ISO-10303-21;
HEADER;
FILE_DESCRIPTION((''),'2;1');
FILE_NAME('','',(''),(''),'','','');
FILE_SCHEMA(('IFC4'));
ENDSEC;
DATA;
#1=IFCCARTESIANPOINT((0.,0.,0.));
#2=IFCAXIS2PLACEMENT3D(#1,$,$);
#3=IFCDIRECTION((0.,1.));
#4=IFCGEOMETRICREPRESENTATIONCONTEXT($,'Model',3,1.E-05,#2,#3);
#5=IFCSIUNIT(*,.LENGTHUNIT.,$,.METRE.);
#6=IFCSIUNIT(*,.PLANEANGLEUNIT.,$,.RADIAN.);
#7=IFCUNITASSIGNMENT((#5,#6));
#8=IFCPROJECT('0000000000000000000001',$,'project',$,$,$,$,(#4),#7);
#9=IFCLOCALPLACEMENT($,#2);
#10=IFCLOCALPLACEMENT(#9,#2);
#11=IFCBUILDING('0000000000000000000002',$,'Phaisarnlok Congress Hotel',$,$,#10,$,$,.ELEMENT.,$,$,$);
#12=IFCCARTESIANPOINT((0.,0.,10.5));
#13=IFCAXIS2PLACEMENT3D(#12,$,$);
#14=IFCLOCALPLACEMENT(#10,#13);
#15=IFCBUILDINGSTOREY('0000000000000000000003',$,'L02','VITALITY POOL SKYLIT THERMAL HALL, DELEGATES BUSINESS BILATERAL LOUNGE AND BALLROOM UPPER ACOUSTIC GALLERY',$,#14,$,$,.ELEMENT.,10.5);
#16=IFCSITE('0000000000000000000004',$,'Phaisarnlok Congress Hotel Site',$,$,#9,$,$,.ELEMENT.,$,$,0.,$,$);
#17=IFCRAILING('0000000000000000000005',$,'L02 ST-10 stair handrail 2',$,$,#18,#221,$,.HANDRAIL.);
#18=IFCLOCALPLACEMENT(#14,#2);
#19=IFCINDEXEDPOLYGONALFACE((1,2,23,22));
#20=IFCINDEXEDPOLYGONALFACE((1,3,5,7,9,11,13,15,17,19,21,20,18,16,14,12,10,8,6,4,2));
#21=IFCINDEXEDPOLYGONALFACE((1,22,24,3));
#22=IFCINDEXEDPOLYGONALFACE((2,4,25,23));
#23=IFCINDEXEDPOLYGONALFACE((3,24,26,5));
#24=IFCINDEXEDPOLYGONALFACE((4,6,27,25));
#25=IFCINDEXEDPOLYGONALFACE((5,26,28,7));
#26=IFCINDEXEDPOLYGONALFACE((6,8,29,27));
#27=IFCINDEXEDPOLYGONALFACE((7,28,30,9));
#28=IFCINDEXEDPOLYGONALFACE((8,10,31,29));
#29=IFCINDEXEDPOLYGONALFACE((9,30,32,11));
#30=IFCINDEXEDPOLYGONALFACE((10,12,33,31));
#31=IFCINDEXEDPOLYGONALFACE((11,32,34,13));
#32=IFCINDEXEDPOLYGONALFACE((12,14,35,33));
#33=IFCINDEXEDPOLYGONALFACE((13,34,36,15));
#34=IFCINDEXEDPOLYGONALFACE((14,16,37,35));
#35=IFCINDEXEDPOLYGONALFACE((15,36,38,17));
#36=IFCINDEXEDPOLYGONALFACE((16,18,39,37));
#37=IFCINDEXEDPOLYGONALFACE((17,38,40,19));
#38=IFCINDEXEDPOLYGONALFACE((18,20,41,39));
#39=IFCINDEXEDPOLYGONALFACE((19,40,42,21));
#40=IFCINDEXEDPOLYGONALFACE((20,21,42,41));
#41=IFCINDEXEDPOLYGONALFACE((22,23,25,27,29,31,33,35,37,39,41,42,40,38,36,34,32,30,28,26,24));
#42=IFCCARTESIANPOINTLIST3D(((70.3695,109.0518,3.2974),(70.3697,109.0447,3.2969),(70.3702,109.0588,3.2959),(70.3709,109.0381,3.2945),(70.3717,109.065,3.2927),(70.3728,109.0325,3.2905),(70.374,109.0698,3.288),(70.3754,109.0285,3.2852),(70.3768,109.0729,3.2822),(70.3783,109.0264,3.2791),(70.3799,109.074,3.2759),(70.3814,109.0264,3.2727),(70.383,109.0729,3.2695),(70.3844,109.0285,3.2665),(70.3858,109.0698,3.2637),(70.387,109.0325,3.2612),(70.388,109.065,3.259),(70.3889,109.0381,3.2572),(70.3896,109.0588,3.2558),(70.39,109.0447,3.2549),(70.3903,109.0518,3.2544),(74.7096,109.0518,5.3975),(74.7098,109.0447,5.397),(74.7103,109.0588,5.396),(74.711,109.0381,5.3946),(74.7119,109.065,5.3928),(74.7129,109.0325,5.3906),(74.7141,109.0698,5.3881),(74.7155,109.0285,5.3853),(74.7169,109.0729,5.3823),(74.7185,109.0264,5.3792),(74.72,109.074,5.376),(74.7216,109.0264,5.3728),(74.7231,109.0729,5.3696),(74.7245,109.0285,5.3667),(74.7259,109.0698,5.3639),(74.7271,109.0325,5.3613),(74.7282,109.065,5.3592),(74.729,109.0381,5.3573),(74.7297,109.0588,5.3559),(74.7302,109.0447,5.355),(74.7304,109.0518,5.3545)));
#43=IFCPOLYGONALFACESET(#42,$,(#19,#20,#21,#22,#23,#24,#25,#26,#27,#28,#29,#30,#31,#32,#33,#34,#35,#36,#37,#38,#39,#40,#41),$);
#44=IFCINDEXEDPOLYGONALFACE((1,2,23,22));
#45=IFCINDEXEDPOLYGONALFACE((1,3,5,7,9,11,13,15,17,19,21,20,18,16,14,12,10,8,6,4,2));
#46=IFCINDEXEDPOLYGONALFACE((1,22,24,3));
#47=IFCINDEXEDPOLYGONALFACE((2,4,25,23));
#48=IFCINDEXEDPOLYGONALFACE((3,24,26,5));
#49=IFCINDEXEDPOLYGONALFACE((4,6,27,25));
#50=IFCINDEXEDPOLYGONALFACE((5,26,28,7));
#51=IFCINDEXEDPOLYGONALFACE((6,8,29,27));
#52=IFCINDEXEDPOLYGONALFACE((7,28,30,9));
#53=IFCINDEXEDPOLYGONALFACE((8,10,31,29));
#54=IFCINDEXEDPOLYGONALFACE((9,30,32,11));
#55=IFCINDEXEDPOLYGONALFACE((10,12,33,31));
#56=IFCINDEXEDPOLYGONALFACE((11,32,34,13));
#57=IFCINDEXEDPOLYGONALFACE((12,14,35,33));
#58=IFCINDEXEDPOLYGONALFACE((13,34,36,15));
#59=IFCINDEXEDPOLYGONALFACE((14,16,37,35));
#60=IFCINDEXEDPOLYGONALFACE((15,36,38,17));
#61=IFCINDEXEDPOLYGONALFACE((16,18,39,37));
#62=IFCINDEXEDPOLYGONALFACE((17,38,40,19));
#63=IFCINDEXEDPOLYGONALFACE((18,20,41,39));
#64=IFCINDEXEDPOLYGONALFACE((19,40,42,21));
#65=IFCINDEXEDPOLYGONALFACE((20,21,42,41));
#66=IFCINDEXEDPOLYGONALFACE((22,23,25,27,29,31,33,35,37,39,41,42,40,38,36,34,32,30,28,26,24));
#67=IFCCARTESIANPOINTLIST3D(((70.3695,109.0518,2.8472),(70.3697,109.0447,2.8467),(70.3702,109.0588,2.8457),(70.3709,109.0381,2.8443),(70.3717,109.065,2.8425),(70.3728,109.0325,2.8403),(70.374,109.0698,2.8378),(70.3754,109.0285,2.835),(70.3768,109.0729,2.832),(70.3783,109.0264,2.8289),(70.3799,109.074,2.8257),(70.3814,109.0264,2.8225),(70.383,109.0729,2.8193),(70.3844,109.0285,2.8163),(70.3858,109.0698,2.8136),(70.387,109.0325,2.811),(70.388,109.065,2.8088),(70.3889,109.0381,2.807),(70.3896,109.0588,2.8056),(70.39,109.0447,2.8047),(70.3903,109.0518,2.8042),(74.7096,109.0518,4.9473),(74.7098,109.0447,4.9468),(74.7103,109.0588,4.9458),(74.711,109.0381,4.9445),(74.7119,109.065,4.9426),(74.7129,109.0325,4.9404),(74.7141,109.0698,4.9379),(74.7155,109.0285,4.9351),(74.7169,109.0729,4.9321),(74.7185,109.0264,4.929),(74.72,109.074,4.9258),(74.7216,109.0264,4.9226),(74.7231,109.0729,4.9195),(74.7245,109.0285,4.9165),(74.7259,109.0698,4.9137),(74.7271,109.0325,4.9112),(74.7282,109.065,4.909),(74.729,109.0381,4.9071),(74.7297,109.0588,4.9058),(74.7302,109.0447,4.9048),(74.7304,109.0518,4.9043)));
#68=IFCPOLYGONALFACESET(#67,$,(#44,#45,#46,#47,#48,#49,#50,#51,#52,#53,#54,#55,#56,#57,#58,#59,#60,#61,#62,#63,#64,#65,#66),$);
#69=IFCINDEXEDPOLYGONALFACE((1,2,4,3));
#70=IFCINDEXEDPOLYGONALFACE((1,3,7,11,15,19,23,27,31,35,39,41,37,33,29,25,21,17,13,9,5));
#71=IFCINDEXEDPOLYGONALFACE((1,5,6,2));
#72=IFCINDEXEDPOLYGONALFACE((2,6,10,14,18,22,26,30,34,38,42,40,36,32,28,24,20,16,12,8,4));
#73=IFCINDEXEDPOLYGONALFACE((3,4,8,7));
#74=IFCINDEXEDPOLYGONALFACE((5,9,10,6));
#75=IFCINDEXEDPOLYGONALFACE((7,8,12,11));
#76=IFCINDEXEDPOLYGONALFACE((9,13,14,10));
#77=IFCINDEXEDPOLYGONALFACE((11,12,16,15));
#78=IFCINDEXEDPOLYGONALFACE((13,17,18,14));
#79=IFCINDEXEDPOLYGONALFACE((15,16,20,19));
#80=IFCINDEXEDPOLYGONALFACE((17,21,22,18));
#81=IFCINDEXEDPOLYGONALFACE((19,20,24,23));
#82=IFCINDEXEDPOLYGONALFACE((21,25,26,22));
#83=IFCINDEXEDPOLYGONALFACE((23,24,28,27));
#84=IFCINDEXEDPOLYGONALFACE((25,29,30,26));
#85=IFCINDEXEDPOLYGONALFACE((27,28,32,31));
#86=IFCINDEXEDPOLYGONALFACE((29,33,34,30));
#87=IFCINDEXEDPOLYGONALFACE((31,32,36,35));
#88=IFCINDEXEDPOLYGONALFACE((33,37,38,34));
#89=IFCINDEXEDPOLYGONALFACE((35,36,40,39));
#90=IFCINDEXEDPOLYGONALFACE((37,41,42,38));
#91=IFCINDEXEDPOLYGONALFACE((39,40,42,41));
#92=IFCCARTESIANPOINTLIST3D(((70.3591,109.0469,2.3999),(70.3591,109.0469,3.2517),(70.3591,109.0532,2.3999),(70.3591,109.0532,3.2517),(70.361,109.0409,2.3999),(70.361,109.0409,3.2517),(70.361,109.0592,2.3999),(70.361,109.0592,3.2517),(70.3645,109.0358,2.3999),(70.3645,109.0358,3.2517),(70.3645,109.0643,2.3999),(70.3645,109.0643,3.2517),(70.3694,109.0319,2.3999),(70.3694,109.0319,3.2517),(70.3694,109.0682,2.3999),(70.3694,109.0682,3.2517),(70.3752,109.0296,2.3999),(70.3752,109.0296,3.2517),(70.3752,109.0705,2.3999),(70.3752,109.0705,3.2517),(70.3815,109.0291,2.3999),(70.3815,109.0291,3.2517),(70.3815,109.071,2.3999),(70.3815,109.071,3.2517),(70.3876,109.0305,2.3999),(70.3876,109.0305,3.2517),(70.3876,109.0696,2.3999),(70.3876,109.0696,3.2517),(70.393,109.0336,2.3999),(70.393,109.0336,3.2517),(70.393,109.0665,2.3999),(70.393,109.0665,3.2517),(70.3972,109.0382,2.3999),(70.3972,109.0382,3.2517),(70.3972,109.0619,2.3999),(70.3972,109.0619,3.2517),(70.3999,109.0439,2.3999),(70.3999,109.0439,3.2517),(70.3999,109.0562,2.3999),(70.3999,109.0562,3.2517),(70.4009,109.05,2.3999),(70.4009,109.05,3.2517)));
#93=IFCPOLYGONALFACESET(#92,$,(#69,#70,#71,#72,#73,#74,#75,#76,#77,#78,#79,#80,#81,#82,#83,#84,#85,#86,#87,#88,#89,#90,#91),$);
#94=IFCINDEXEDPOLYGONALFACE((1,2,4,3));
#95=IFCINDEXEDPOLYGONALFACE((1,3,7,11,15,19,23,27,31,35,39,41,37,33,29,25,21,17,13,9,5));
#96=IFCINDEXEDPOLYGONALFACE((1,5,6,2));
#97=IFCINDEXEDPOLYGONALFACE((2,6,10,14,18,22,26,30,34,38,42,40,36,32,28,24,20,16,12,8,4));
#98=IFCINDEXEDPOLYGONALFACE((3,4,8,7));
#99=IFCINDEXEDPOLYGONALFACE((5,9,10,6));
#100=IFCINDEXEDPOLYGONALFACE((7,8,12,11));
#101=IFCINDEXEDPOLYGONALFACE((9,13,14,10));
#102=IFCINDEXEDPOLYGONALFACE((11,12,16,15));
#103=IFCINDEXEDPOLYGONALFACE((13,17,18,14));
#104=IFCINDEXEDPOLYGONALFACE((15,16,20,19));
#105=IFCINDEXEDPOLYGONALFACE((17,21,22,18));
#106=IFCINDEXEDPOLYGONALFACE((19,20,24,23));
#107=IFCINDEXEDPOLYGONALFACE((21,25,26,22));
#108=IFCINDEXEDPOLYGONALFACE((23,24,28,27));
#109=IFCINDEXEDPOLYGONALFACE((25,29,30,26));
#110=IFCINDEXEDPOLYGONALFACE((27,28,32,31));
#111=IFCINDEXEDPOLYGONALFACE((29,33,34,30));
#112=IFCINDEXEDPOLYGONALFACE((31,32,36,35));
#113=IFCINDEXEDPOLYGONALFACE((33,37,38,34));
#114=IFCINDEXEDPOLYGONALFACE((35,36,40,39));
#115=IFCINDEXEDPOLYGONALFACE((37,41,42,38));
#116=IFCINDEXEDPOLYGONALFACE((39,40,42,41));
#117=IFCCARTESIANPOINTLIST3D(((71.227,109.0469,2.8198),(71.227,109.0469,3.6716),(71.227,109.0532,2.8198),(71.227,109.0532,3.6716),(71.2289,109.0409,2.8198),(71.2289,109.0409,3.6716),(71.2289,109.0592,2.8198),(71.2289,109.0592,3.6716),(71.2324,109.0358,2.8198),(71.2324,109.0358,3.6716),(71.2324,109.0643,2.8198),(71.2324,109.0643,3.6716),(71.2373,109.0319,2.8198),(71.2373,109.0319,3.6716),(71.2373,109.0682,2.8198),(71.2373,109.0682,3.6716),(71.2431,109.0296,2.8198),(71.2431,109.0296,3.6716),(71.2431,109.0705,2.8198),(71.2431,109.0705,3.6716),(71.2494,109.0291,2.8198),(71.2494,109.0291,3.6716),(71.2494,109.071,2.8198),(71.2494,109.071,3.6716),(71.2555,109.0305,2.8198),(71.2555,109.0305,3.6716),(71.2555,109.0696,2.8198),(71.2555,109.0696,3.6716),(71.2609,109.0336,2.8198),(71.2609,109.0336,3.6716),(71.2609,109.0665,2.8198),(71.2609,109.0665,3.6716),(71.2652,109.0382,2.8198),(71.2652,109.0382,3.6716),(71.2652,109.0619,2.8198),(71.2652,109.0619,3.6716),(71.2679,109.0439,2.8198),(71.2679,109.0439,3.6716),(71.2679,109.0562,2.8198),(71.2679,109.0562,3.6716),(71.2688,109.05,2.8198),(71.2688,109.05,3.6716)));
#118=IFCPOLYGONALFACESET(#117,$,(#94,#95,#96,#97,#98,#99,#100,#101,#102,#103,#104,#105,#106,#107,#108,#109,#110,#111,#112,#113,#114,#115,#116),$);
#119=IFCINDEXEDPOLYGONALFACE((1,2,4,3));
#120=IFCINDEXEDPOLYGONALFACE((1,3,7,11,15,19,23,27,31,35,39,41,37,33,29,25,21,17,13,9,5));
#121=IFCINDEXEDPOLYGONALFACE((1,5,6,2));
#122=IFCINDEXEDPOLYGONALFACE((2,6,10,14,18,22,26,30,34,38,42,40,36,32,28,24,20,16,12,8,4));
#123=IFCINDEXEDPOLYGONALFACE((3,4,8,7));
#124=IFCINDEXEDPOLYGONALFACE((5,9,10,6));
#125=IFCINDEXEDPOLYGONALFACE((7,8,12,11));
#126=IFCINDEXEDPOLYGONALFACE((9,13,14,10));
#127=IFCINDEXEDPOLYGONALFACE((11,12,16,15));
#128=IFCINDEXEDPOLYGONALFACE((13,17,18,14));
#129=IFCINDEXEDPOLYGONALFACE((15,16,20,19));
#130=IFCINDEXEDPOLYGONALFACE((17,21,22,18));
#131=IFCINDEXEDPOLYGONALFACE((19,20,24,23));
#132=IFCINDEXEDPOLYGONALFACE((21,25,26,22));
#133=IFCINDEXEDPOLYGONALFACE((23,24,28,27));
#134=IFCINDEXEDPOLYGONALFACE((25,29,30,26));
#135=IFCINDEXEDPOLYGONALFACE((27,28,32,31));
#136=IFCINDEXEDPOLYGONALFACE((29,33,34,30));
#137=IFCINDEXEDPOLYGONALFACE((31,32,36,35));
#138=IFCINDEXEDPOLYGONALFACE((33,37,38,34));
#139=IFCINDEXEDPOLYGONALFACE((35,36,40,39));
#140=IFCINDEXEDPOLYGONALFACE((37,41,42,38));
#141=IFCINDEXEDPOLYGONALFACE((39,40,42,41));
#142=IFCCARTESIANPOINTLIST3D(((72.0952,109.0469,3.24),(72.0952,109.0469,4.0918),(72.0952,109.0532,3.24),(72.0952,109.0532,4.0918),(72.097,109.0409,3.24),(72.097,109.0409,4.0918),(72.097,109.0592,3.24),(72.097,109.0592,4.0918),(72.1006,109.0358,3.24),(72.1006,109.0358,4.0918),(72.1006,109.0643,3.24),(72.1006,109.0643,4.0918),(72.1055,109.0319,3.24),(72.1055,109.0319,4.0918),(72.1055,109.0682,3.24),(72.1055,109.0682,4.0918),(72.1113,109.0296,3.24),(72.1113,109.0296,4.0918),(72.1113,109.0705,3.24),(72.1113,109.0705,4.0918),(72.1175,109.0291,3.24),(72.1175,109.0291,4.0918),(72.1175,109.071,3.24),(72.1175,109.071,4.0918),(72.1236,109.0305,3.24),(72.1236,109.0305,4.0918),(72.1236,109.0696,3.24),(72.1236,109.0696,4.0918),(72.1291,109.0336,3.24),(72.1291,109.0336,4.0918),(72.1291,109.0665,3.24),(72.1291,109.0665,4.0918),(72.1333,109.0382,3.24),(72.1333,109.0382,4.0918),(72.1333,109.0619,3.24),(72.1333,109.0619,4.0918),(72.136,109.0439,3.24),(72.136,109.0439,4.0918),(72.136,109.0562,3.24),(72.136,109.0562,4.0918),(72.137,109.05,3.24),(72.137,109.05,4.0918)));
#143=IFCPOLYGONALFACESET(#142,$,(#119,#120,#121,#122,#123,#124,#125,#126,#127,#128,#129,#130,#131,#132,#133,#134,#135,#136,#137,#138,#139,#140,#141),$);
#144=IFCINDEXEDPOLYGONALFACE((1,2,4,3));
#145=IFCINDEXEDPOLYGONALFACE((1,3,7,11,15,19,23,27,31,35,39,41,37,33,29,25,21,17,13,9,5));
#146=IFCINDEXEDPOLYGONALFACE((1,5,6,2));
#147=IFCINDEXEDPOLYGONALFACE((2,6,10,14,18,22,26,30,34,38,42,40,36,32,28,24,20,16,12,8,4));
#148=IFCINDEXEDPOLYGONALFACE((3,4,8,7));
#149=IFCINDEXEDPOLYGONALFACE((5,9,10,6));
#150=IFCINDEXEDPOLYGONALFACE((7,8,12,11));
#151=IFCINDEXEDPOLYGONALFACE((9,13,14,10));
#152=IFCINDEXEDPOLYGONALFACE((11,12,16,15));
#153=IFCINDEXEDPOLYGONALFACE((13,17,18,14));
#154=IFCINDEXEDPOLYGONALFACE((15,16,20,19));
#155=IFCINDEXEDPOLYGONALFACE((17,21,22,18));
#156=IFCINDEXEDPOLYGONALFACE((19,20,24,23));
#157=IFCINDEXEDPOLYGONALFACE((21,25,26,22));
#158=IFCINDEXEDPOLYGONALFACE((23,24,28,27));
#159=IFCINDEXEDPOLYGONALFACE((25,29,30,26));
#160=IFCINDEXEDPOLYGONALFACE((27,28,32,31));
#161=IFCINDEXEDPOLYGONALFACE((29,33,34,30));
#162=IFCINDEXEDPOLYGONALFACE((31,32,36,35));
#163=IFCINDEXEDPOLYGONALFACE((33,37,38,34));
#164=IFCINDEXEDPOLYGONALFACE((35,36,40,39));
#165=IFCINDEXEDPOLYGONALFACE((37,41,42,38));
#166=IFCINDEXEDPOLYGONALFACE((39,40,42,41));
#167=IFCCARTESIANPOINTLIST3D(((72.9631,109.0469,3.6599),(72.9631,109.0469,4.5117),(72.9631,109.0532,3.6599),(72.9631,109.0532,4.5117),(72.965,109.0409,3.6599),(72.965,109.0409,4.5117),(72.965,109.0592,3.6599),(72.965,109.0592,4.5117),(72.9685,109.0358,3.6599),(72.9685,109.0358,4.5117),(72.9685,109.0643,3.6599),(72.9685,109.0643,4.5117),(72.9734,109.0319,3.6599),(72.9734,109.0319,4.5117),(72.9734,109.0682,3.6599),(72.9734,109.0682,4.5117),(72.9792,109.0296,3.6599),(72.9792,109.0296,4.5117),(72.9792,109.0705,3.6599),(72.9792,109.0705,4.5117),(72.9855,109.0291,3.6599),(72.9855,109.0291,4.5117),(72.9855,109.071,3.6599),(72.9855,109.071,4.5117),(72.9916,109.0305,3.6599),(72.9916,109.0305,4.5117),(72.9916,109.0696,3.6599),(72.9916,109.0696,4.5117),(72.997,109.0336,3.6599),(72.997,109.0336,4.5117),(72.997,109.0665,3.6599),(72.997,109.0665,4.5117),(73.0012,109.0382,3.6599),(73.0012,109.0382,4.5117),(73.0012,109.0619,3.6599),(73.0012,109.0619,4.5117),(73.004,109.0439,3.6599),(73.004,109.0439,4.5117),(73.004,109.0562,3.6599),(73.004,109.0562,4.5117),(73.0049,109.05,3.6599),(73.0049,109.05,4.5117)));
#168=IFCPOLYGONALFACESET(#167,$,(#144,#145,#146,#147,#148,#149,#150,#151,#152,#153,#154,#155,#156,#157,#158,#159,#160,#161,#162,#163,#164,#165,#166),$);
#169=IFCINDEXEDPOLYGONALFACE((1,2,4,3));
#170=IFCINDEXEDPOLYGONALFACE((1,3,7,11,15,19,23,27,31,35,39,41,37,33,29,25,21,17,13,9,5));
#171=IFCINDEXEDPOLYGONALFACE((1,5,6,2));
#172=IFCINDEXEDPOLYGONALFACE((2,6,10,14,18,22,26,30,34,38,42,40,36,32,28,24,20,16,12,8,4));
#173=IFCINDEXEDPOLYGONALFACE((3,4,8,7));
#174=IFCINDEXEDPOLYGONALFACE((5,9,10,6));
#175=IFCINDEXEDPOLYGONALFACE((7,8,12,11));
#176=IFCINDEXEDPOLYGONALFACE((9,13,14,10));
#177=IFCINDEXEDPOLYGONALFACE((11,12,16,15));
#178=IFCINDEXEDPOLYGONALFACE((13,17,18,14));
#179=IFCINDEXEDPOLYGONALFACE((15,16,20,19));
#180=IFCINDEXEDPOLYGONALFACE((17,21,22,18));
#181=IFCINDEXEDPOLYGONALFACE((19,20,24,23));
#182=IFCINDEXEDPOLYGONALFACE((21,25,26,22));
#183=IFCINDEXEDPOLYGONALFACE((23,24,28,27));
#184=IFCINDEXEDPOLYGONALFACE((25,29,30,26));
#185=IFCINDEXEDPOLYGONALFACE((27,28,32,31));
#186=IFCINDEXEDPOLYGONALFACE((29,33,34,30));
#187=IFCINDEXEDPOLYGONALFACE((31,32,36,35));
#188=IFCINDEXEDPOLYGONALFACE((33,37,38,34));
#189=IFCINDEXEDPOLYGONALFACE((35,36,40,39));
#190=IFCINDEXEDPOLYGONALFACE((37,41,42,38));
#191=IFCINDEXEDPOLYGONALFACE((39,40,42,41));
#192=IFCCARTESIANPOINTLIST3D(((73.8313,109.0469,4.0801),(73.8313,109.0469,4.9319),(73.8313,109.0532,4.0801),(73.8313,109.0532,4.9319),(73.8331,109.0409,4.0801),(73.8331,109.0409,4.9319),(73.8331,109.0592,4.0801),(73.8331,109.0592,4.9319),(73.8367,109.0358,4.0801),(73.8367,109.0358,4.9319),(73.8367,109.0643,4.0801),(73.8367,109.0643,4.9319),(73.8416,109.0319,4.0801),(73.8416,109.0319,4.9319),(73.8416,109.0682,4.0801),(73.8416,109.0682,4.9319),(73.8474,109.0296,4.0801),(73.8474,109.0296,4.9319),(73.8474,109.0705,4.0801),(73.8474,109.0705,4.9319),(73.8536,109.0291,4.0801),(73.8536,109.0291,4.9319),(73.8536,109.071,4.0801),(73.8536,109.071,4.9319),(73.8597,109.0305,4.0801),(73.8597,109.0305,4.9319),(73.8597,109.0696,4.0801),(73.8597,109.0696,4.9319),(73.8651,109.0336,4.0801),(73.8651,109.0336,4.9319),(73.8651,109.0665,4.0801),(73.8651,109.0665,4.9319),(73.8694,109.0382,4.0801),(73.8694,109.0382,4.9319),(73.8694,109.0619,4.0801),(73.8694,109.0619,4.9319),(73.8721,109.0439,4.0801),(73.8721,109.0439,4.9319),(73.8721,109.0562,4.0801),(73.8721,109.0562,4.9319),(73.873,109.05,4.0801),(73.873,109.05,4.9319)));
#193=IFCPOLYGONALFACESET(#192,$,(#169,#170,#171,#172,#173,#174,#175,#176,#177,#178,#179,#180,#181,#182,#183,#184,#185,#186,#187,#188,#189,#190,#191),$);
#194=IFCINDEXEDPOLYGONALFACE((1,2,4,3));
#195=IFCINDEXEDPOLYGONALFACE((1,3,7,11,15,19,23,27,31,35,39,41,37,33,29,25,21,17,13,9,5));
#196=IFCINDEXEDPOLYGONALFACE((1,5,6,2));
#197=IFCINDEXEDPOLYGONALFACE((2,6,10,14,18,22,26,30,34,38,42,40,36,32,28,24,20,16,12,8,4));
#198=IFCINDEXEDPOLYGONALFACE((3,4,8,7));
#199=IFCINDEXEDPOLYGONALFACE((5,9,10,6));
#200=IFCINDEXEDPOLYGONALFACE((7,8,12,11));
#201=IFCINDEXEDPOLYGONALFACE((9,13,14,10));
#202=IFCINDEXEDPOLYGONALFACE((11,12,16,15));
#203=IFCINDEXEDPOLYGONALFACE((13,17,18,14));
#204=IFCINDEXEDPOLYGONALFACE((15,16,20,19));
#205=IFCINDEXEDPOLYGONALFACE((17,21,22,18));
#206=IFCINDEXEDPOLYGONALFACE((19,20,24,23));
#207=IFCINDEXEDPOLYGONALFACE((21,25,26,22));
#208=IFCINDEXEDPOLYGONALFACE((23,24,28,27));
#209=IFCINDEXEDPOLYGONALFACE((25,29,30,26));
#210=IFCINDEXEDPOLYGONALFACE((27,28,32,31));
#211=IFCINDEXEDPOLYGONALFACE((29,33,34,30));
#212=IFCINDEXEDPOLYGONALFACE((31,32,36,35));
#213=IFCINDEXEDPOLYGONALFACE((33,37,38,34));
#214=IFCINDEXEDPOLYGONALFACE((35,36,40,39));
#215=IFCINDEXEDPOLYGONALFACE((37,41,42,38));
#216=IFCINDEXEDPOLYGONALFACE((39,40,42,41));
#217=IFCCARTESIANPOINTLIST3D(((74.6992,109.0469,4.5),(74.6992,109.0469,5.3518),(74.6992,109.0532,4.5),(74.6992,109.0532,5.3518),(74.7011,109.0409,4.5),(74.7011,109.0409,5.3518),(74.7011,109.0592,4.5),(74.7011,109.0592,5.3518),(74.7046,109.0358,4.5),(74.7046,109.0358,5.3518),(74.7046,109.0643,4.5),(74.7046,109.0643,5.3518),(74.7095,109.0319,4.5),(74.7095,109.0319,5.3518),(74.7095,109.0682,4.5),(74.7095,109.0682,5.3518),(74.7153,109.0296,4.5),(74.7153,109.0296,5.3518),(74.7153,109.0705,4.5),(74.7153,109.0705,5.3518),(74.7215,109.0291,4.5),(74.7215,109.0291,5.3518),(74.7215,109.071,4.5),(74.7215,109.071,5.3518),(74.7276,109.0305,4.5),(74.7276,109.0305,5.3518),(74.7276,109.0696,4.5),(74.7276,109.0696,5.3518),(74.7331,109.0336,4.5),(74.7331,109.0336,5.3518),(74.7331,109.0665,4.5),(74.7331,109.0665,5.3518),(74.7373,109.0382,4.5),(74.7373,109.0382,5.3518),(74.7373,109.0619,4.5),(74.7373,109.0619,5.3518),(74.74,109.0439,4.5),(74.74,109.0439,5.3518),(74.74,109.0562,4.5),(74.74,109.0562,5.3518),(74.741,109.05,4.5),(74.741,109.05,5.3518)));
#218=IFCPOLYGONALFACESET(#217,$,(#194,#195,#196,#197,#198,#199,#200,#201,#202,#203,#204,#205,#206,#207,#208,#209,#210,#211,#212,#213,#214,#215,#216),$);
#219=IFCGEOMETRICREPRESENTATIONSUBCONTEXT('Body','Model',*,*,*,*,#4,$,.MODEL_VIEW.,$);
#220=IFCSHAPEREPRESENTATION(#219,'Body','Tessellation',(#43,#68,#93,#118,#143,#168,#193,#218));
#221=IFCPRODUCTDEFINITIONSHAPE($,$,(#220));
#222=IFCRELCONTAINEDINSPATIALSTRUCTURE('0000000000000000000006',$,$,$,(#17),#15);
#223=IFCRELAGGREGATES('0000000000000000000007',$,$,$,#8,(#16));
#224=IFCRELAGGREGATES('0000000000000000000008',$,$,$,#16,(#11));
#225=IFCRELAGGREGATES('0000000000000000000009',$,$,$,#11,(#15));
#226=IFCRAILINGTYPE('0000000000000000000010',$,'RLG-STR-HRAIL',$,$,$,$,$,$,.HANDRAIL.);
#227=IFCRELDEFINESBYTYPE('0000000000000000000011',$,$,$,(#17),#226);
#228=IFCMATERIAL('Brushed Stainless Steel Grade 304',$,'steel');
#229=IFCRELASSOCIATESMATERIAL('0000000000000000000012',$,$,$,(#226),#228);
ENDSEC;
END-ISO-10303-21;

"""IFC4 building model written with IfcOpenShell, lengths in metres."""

from ifc_helpers import new_model, si_unit, direction, frame, origin, origin_2d, place, context, subcontext, project, spatial, circle, extrude, material, type_object, element, save


model = new_model("IFC4")

# Units and contexts
model_context = context("Model", 3, precision=1e-05, world=origin(), true_north=direction((0.0, 1.0)))
body_context = subcontext(model_context, "Body", "Model", "MODEL_VIEW")
ifc_project = project(units=[si_unit("LENGTHUNIT", "METRE"), si_unit("PLANEANGLEUNIT", "RADIAN")], contexts=[model_context])

# Site, building, storey
site_placement = place(None, origin())
site = spatial("IfcSite", under=ifc_project, at=site_placement, Name="Phaisarnlok Congress Hotel Site", CompositionType="ELEMENT", RefElevation=0.0)
building_placement = place(site_placement, origin())
building = spatial("IfcBuilding", under=site, at=building_placement, Name="Phaisarnlok Congress Hotel", CompositionType="ELEMENT")
storey_placement = place(building_placement, frame((0.0, 0.0, 10.5)))
storey = spatial("IfcBuildingStorey", under=building, at=storey_placement, Name="L02", Description="VITALITY POOL SKYLIT THERMAL HALL, DELEGATES BUSINESS BILATERAL LOUNGE AND BALLROOM UPPER ACOUSTIC GALLERY", CompositionType="ELEMENT", Elevation=10.5)

# Railing
ifc_material_1 = material(Name="Brushed Stainless Steel Grade 304", Category="steel")
railing_type_1 = type_object("IfcRailingType", Name="RLG-STR-HRAIL", PredefinedType="HANDRAIL", material=ifc_material_1)
railing_1_placement = place(storey_placement, frame((70.3799, 109.05, 2.3999)))
element("IfcRailing", 1, at=railing_1_placement, inside=storey, type_object=railing_type_1, Name="L02 ST-10 stair handrail 2", PredefinedType="HANDRAIL", context=body_context, shape_type="SweptSolid", body=[
    extrude(circle(Radius=0.0239, at=origin_2d()), frame((0.0, 0.0, 0.876), z_axis=(0.900155, 0.0, 0.43557), x_axis=(0.0, 1.0, 0.0)), (0.0, 0.0, 1.0), 4.8215),
    extrude(circle(Radius=0.0239, at=origin_2d()), frame((0.0, 0.0, 0.4258), z_axis=(0.900155, 0.0, 0.43557), x_axis=(0.0, 1.0, 0.0)), (0.0, 0.0, 1.0), 4.8215),
    extrude(circle(Radius=0.021, at=origin_2d()), origin(), (0.0, 0.0, 1.0), 0.8518),
    extrude(circle(Radius=0.021, at=origin_2d()), frame((0.8679, 0.0, 0.4199)), (0.0, 0.0, 1.0), 0.8518),
    extrude(circle(Radius=0.021, at=origin_2d()), frame((1.7361, 0.0, 0.8401)), (0.0, 0.0, 1.0), 0.8518),
    extrude(circle(Radius=0.021, at=origin_2d()), frame((2.604, 0.0, 1.26)), (0.0, 0.0, 1.0), 0.8518),
    extrude(circle(Radius=0.021, at=origin_2d()), frame((3.4722, 0.0, 1.6802)), (0.0, 0.0, 1.0), 0.8518),
    extrude(circle(Radius=0.021, at=origin_2d()), frame((4.3401, 0.0, 2.1001)), (0.0, 0.0, 1.0), 0.8518),
])

save(model, "model.ifc")
